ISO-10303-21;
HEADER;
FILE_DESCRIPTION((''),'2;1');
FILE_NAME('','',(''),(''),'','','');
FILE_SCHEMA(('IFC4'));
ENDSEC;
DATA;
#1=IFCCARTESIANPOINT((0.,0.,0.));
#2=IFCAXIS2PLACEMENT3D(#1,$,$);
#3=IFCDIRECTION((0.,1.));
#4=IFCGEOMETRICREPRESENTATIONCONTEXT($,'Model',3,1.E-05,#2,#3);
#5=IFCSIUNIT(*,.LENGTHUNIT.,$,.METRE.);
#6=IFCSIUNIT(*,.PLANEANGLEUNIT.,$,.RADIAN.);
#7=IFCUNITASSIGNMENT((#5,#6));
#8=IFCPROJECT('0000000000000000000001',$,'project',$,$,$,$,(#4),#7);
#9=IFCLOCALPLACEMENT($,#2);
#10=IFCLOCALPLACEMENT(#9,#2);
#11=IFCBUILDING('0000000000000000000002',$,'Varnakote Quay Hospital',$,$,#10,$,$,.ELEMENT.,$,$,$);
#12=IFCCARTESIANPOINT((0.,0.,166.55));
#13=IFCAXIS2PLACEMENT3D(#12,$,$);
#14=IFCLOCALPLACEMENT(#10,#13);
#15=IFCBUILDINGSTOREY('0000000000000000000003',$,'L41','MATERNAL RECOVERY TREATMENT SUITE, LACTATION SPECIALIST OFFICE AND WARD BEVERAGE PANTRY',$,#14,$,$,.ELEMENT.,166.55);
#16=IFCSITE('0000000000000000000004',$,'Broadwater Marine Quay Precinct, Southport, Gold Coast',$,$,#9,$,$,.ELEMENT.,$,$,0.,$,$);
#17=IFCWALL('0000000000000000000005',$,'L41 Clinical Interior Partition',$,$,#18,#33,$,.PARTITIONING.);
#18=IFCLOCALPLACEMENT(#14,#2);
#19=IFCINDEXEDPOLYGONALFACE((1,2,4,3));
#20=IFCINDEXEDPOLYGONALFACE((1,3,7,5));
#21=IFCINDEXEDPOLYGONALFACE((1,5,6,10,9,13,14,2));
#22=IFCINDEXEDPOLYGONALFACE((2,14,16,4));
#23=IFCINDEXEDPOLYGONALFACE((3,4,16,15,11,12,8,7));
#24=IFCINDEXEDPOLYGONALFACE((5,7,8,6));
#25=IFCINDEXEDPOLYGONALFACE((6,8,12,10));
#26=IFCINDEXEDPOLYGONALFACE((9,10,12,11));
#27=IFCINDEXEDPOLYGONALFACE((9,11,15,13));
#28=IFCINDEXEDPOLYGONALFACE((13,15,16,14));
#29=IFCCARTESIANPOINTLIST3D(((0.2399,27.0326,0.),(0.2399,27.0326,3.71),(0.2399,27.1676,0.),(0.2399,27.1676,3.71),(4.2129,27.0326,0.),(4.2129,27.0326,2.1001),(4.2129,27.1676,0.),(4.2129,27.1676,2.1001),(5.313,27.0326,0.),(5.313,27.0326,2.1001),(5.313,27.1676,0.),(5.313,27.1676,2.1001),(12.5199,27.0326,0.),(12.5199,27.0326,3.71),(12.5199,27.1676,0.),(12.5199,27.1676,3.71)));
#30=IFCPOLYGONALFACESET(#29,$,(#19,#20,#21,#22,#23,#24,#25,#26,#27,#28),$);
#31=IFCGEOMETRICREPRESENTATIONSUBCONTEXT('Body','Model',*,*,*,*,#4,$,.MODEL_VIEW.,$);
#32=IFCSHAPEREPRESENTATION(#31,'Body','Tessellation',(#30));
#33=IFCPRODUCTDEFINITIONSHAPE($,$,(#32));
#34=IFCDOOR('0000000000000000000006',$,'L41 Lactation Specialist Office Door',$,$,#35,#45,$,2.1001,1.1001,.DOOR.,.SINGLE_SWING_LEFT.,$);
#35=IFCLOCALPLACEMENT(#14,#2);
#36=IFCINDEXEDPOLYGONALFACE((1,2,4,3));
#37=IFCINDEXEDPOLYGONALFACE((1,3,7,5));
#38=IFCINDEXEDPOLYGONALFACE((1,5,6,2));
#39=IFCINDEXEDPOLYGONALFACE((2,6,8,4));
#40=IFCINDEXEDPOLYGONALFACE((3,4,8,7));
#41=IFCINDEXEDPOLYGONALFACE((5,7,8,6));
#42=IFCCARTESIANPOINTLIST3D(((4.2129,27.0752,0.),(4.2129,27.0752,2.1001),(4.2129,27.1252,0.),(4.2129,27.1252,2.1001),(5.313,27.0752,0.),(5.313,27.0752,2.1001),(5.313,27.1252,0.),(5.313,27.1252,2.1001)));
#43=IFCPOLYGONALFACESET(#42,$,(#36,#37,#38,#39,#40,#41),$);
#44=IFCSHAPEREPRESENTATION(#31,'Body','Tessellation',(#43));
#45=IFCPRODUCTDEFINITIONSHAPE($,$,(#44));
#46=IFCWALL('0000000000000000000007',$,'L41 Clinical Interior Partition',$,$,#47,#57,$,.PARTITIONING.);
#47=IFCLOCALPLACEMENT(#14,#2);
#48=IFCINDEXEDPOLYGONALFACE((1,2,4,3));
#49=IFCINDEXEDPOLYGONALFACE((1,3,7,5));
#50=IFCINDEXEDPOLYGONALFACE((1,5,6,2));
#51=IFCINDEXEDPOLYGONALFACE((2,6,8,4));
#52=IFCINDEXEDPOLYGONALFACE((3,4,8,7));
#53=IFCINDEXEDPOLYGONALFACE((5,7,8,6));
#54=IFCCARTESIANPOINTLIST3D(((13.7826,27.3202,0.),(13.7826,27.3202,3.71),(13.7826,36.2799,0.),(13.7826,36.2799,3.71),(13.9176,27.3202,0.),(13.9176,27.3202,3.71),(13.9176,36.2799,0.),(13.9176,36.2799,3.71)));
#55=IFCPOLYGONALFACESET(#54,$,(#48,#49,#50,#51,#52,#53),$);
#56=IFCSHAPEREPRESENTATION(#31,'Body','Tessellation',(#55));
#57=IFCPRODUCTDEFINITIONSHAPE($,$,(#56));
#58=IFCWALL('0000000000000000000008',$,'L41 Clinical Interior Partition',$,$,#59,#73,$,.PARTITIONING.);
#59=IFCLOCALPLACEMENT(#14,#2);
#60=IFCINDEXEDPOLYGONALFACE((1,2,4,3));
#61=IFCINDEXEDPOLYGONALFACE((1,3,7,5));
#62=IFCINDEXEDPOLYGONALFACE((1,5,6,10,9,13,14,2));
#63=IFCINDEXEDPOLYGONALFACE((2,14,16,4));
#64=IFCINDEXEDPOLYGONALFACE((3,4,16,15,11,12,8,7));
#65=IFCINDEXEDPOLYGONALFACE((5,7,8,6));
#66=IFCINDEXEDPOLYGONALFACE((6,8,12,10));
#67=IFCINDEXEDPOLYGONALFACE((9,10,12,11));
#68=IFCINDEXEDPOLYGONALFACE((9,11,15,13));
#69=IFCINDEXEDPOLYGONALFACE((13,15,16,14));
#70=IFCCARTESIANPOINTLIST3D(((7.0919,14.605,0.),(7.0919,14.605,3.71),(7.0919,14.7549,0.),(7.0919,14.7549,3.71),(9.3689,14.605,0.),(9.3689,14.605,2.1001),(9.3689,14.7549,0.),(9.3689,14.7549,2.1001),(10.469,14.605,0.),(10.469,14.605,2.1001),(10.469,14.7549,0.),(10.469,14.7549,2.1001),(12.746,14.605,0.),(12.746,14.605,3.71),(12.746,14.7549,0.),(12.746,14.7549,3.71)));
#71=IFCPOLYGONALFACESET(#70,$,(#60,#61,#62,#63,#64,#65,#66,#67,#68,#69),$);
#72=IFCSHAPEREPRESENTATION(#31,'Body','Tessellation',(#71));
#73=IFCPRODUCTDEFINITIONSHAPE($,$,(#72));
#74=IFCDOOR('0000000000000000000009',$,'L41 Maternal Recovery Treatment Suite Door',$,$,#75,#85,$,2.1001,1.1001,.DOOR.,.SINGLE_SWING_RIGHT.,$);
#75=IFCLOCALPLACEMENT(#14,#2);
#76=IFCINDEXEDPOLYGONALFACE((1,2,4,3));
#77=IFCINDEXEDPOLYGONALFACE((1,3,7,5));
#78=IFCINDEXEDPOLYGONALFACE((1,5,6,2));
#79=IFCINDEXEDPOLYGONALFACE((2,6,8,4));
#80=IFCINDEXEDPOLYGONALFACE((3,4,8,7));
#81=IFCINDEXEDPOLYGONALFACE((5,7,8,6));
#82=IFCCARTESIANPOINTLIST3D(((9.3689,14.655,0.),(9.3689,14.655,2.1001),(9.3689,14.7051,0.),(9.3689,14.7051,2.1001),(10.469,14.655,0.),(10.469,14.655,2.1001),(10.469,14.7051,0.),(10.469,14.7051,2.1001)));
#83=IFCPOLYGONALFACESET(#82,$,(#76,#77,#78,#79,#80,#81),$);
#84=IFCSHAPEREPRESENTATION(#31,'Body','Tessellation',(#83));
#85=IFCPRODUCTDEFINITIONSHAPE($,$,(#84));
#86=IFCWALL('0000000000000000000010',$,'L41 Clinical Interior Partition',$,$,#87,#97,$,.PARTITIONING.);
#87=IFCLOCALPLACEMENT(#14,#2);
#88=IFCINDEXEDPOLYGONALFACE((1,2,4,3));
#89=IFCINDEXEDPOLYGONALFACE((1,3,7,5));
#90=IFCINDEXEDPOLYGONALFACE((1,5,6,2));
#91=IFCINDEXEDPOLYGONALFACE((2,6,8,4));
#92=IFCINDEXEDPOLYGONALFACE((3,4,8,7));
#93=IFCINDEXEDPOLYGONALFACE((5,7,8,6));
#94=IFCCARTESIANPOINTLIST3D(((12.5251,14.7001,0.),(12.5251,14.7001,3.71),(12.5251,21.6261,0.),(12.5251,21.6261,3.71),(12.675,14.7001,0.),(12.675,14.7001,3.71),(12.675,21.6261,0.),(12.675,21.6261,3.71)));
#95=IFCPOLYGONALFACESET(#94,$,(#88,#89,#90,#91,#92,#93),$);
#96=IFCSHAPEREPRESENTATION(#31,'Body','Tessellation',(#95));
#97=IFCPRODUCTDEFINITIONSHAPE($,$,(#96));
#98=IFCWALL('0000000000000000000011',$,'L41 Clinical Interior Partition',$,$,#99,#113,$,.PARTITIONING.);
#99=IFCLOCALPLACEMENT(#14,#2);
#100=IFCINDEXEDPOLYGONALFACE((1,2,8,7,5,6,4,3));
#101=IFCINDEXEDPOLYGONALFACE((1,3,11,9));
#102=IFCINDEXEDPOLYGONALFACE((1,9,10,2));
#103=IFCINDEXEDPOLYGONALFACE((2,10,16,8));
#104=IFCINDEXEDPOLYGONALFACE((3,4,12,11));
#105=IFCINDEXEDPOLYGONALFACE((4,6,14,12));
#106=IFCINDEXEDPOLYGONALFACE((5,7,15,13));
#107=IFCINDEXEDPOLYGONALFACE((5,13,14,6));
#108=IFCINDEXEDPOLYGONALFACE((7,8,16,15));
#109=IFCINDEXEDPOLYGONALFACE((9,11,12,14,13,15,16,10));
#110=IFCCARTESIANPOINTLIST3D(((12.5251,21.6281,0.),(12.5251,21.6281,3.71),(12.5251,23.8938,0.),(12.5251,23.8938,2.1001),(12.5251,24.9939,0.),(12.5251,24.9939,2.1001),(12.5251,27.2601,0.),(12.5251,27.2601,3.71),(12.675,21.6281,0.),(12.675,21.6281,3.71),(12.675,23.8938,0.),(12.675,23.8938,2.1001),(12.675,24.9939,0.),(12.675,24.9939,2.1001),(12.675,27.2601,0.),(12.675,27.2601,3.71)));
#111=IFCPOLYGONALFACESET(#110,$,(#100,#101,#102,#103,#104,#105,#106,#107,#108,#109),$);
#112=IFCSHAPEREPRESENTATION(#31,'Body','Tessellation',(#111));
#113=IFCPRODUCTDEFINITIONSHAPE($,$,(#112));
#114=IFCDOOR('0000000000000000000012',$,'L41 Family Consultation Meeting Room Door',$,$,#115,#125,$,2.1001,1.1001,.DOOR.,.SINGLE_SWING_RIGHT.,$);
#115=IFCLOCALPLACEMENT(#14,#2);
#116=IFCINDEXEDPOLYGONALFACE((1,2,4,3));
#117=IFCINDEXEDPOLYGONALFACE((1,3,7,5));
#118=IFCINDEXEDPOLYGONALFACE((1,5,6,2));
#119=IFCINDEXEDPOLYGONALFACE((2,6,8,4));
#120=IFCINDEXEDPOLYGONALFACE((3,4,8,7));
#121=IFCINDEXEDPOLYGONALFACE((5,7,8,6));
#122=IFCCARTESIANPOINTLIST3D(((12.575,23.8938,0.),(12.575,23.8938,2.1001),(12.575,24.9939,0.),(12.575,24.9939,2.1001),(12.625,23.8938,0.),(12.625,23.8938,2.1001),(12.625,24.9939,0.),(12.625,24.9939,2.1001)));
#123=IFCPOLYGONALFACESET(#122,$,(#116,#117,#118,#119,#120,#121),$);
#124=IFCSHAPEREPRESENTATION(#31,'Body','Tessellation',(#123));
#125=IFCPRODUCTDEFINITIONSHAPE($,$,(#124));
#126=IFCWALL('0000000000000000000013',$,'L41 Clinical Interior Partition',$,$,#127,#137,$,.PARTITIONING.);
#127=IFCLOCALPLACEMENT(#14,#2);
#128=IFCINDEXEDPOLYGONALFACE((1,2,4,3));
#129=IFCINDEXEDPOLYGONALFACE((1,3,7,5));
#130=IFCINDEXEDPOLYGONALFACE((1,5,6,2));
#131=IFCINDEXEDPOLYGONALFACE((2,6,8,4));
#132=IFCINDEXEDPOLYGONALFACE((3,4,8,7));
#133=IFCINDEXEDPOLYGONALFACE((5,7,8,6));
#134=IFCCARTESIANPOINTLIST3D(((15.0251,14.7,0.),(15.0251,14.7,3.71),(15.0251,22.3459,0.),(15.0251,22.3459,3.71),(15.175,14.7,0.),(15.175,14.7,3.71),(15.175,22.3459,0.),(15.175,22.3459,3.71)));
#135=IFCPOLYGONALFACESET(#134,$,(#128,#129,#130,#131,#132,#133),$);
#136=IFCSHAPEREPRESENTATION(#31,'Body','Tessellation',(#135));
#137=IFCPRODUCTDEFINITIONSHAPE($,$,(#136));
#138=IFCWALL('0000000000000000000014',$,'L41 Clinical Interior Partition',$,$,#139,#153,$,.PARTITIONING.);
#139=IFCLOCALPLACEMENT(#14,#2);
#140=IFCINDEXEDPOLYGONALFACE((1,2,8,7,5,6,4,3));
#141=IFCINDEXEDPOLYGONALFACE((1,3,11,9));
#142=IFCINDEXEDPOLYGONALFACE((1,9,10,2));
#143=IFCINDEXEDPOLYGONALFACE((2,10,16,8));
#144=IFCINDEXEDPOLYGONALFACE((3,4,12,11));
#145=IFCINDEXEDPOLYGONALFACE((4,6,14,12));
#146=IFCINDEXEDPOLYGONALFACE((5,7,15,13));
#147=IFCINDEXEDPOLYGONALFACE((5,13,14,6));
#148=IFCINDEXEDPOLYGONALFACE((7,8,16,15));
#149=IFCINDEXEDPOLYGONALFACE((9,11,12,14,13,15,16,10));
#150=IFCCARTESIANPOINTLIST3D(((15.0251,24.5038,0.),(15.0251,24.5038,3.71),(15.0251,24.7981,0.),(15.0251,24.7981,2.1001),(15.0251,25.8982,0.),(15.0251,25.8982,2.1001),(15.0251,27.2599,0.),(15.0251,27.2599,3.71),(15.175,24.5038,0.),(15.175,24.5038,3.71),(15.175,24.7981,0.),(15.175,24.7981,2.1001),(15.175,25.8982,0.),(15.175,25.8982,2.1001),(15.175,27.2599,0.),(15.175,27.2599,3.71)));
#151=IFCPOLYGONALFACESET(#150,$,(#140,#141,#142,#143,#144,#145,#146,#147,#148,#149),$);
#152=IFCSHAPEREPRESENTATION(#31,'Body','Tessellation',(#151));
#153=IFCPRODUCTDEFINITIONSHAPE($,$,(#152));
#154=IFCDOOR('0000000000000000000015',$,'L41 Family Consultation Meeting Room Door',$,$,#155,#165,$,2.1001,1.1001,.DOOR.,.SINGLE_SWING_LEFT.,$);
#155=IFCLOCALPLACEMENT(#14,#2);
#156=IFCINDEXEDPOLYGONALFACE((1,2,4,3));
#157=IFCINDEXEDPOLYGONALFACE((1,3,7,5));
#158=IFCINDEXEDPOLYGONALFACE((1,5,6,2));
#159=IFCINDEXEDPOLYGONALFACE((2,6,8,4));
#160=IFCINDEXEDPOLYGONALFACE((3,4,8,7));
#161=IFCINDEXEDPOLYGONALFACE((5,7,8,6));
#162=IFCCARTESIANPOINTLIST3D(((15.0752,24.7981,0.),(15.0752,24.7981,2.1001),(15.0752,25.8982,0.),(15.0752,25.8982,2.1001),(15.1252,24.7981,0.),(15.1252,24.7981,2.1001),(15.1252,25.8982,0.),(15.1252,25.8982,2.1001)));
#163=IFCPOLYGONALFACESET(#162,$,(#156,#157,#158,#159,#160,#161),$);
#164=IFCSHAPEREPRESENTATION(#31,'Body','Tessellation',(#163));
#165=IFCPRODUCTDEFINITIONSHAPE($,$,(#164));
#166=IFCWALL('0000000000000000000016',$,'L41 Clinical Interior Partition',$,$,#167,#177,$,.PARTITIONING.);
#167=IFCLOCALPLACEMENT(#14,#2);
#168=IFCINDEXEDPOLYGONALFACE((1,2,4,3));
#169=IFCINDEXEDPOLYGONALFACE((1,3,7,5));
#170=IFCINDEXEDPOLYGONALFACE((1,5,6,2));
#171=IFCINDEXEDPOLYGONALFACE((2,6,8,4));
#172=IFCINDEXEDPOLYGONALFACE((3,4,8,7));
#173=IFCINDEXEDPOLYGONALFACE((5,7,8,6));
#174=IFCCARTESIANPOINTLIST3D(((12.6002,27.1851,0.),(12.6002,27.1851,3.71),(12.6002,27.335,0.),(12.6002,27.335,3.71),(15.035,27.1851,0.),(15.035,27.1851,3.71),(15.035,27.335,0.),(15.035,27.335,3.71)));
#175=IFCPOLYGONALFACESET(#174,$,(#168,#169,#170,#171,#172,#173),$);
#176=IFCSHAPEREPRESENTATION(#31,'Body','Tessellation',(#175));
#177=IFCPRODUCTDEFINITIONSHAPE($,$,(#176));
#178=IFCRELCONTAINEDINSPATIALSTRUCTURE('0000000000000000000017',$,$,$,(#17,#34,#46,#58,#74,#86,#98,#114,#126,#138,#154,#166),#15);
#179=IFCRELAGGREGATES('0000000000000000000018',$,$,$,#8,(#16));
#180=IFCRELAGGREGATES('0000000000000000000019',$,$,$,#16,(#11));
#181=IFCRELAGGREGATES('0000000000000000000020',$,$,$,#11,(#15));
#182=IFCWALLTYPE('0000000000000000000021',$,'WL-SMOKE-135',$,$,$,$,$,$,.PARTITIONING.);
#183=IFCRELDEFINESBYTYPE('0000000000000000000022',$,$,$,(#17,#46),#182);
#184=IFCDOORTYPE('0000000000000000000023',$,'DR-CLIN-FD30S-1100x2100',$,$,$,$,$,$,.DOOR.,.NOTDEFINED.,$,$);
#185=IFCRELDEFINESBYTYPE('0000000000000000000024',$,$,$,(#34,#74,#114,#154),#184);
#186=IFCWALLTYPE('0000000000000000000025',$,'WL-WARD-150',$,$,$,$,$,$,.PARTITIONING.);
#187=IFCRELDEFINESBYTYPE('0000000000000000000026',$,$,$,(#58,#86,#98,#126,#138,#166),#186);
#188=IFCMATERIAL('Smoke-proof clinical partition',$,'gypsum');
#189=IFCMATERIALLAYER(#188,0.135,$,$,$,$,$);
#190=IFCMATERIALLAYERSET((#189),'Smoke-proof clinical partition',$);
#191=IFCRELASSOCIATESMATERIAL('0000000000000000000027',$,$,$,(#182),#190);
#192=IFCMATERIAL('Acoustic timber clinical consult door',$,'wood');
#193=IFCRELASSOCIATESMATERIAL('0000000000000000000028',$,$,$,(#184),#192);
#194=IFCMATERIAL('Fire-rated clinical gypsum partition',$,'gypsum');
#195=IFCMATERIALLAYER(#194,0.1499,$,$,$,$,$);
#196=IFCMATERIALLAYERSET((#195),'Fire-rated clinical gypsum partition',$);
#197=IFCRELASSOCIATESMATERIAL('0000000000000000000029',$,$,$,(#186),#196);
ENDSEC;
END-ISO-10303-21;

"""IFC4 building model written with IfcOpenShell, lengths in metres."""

from ifc_helpers import new_model, si_unit, direction, frame, frame_2d, origin, place, context, subcontext, project, spatial, rectangle, extrude, material, layer, layer_set, type_object, element, fill, save


model = new_model("IFC4")

# Units and contexts
model_context = context("Model", 3, precision=1e-05, world=origin(), true_north=direction((0.0, 1.0)))
body_context = subcontext(model_context, "Body", "Model", "MODEL_VIEW")
ifc_project = project(units=[si_unit("LENGTHUNIT", "METRE"), si_unit("PLANEANGLEUNIT", "RADIAN")], contexts=[model_context])

# Site, building, storey
site_placement = place(None, origin())
site = spatial("IfcSite", under=ifc_project, at=site_placement, Name="Broadwater Marine Quay Precinct, Southport, Gold Coast", CompositionType="ELEMENT", RefElevation=0.0)
building_placement = place(site_placement, origin())
building = spatial("IfcBuilding", under=site, at=building_placement, Name="Varnakote Quay Hospital", CompositionType="ELEMENT")
storey_placement = place(building_placement, frame((0.0, 0.0, 166.55)))
storey = spatial("IfcBuildingStorey", under=building, at=storey_placement, Name="L41", Description="MATERNAL RECOVERY TREATMENT SUITE, LACTATION SPECIALIST OFFICE AND WARD BEVERAGE PANTRY", CompositionType="ELEMENT", Elevation=166.55)

# Shared definitions
ifc_material_1 = material(Name="Smoke-proof clinical partition", Category="gypsum")
ifc_layer_1 = layer(ifc_material_1, 0.135)
ifc_layer_set_1 = layer_set([ifc_layer_1], Name="Smoke-proof clinical partition")
wall_type_1 = type_object("IfcWallType", Name="WL-SMOKE-135", PredefinedType="PARTITIONING", material=ifc_layer_set_1)

# Wall, opening, door
wall_1_placement = place(storey_placement, frame((12.52, 27.1001, 0.0), z_axis=(0.0, 0.0, 1.0), x_axis=(-1.0, 0.0, 0.0)))
wall_1 = element("IfcWall", 1, at=wall_1_placement, inside=storey, type_object=wall_type_1, Name="L41 Clinical Interior Partition", PredefinedType="PARTITIONING", context=body_context, shape_type="SweptSolid", body=[
    extrude(rectangle(XDim=12.28, YDim=0.135, at=frame_2d((6.1401, 0.0))), origin(), (0.0, 0.0, 1.0), 3.71),
])
opening_1_placement = place(wall_1_placement, frame((7.207, 0.0, 0.0)))
opening_1 = element("IfcOpeningElement", 2, at=opening_1_placement, cuts=wall_1, PredefinedType="OPENING", context=body_context, shape_type="SweptSolid", body=[
    extrude(rectangle(XDim=1.1001, YDim=2.1001, at=frame_2d((0.55, 1.05))), frame((0.0, 0.0774, 0.0), z_axis=(0.0, -1.0, 0.0), x_axis=(1.0, 0.0, 0.0)), (0.0, 0.0, 1.0), 0.155),
])
ifc_material_2 = material(Name="Acoustic timber clinical consult door", Category="wood")
door_type_1 = type_object("IfcDoorType", Name="DR-CLIN-FD30S-1100x2100", OperationType="NOTDEFINED", PredefinedType="DOOR", material=ifc_material_2)
door_1_placement = place(opening_1_placement, origin())
door_1 = element("IfcDoor", 3, at=door_1_placement, inside=storey, type_object=door_type_1, Name="L41 Lactation Specialist Office Door", OperationType="SINGLE_SWING_LEFT", OverallHeight=2.1001, OverallWidth=1.1001, PredefinedType="DOOR", context=body_context, shape_type="SweptSolid", body=[
    extrude(rectangle(XDim=1.1001, YDim=2.1001, at=frame_2d((0.55, 1.05))), frame((0.0, 0.0249, 0.0), z_axis=(0.0, -1.0, 0.0), x_axis=(1.0, 0.0, 0.0)), (0.0, 0.0, 1.0), 0.05),
])
fill(opening_1, door_1)

# Wall
wall_2_placement = place(storey_placement, frame((13.8501, 27.3201, 0.0), z_axis=(0.0, 0.0, 1.0), x_axis=(0.0, 1.0, 0.0)))
element("IfcWall", 4, at=wall_2_placement, inside=storey, type_object=wall_type_1, Name="L41 Clinical Interior Partition", PredefinedType="PARTITIONING", context=body_context, shape_type="SweptSolid", body=[
    extrude(rectangle(XDim=8.9597, YDim=0.135, at=frame_2d((4.48, 0.0))), origin(), (0.0, 0.0, 1.0), 3.71),
])

# Wall, opening, door
ifc_material_3 = material(Name="Fire-rated clinical gypsum partition", Category="gypsum")
ifc_layer_2 = layer(ifc_material_3, 0.1499)
ifc_layer_set_2 = layer_set([ifc_layer_2], Name="Fire-rated clinical gypsum partition")
wall_type_2 = type_object("IfcWallType", Name="WL-WARD-150", PredefinedType="PARTITIONING", material=ifc_layer_set_2)
wall_3_placement = place(storey_placement, frame((12.7461, 14.6799, 0.0), z_axis=(0.0, 0.0, 1.0), x_axis=(-1.0, 0.0, 0.0)))
wall_3 = element("IfcWall", 5, at=wall_3_placement, inside=storey, type_object=wall_type_2, Name="L41 Clinical Interior Partition", PredefinedType="PARTITIONING", context=body_context, shape_type="SweptSolid", body=[
    extrude(rectangle(XDim=5.6541, YDim=0.1499, at=frame_2d((2.8271, 0.0))), origin(), (0.0, 0.0, 1.0), 3.71),
])
opening_2_placement = place(wall_3_placement, frame((2.2771, 0.0, 0.0)))
opening_2 = element("IfcOpeningElement", 6, at=opening_2_placement, cuts=wall_3, PredefinedType="OPENING", context=body_context, shape_type="SweptSolid", body=[
    extrude(rectangle(XDim=1.1001, YDim=2.1001, at=frame_2d((0.55, 1.05))), frame((0.0, 0.085, 0.0), z_axis=(0.0, -1.0, 0.0), x_axis=(1.0, 0.0, 0.0)), (0.0, 0.0, 1.0), 0.1699),
])
door_2_placement = place(opening_2_placement, origin())
door_2 = element("IfcDoor", 7, at=door_2_placement, inside=storey, type_object=door_type_1, Name="L41 Maternal Recovery Treatment Suite Door", OperationType="SINGLE_SWING_RIGHT", OverallHeight=2.1001, OverallWidth=1.1001, PredefinedType="DOOR", context=body_context, shape_type="SweptSolid", body=[
    extrude(rectangle(XDim=1.1001, YDim=2.1001, at=frame_2d((0.55, 1.05))), frame((0.0, 0.0249, 0.0), z_axis=(0.0, -1.0, 0.0), x_axis=(1.0, 0.0, 0.0)), (0.0, 0.0, 1.0), 0.05),
])
fill(opening_2, door_2)

# Wall
wall_4_placement = place(storey_placement, frame((12.6001, 21.626, 0.0), z_axis=(0.0, 0.0, 1.0), x_axis=(0.0, -1.0, 0.0)))
element("IfcWall", 8, at=wall_4_placement, inside=storey, type_object=wall_type_2, Name="L41 Clinical Interior Partition", PredefinedType="PARTITIONING", context=body_context, shape_type="SweptSolid", body=[
    extrude(rectangle(XDim=6.926, YDim=0.1499, at=frame_2d((3.4629, 0.0))), origin(), (0.0, 0.0, 1.0), 3.71),
])

# Wall, opening, door
wall_5_placement = place(storey_placement, frame((12.6001, 27.26, 0.0), z_axis=(0.0, 0.0, 1.0), x_axis=(0.0, -1.0, 0.0)))
wall_5 = element("IfcWall", 9, at=wall_5_placement, inside=storey, type_object=wall_type_2, Name="L41 Clinical Interior Partition", PredefinedType="PARTITIONING", context=body_context, shape_type="SweptSolid", body=[
    extrude(rectangle(XDim=5.6321, YDim=0.1499, at=frame_2d((2.8159, 0.0))), origin(), (0.0, 0.0, 1.0), 3.71),
])
opening_3_placement = place(wall_5_placement, frame((2.2661, 0.0, 0.0)))
opening_3 = element("IfcOpeningElement", 10, at=opening_3_placement, cuts=wall_5, PredefinedType="OPENING", context=body_context, shape_type="SweptSolid", body=[
    extrude(rectangle(XDim=1.1001, YDim=2.1001, at=frame_2d((0.55, 1.05))), frame((0.0, 0.085, 0.0), z_axis=(0.0, -1.0, 0.0), x_axis=(1.0, 0.0, 0.0)), (0.0, 0.0, 1.0), 0.1699),
])
door_3_placement = place(opening_3_placement, origin())
door_3 = element("IfcDoor", 11, at=door_3_placement, inside=storey, type_object=door_type_1, Name="L41 Family Consultation Meeting Room Door", OperationType="SINGLE_SWING_RIGHT", OverallHeight=2.1001, OverallWidth=1.1001, PredefinedType="DOOR", context=body_context, shape_type="SweptSolid", body=[
    extrude(rectangle(XDim=1.1001, YDim=2.1001, at=frame_2d((0.55, 1.05))), frame((0.0, 0.0249, 0.0), z_axis=(0.0, -1.0, 0.0), x_axis=(1.0, 0.0, 0.0)), (0.0, 0.0, 1.0), 0.05),
])
fill(opening_3, door_3)

# Wall
wall_6_placement = place(storey_placement, frame((15.1001, 14.7, 0.0), z_axis=(0.0, 0.0, 1.0), x_axis=(0.0, 1.0, 0.0)))
element("IfcWall", 12, at=wall_6_placement, inside=storey, type_object=wall_type_2, Name="L41 Clinical Interior Partition", PredefinedType="PARTITIONING", context=body_context, shape_type="SweptSolid", body=[
    extrude(rectangle(XDim=7.646, YDim=0.1499, at=frame_2d((3.823, 0.0))), origin(), (0.0, 0.0, 1.0), 3.71),
])

# Wall, opening, door
wall_7_placement = place(storey_placement, frame((15.1001, 24.5039, 0.0), z_axis=(0.0, 0.0, 1.0), x_axis=(0.0, 1.0, 0.0)))
wall_7 = element("IfcWall", 13, at=wall_7_placement, inside=storey, type_object=wall_type_2, Name="L41 Clinical Interior Partition", PredefinedType="PARTITIONING", context=body_context, shape_type="SweptSolid", body=[
    extrude(rectangle(XDim=2.7561, YDim=0.1499, at=frame_2d((1.3779, 0.0))), origin(), (0.0, 0.0, 1.0), 3.71),
])
opening_4_placement = place(wall_7_placement, frame((0.2942, 0.0, 0.0)))
opening_4 = element("IfcOpeningElement", 14, at=opening_4_placement, cuts=wall_7, PredefinedType="OPENING", context=body_context, shape_type="SweptSolid", body=[
    extrude(rectangle(XDim=1.1001, YDim=2.1001, at=frame_2d((0.55, 1.05))), frame((0.0, 0.085, 0.0), z_axis=(0.0, -1.0, 0.0), x_axis=(1.0, 0.0, 0.0)), (0.0, 0.0, 1.0), 0.1699),
])
door_4_placement = place(opening_4_placement, origin())
door_4 = element("IfcDoor", 15, at=door_4_placement, inside=storey, type_object=door_type_1, Name="L41 Family Consultation Meeting Room Door", OperationType="SINGLE_SWING_LEFT", OverallHeight=2.1001, OverallWidth=1.1001, PredefinedType="DOOR", context=body_context, shape_type="SweptSolid", body=[
    extrude(rectangle(XDim=1.1001, YDim=2.1001, at=frame_2d((0.55, 1.05))), frame((0.0, 0.0249, 0.0), z_axis=(0.0, -1.0, 0.0), x_axis=(1.0, 0.0, 0.0)), (0.0, 0.0, 1.0), 0.05),
])
fill(opening_4, door_4)

# Wall
wall_8_placement = place(storey_placement, frame((15.0349, 27.26, 0.0), z_axis=(0.0, 0.0, 1.0), x_axis=(-1.0, 0.0, 0.0)))
element("IfcWall", 16, at=wall_8_placement, inside=storey, type_object=wall_type_2, Name="L41 Clinical Interior Partition", PredefinedType="PARTITIONING", context=body_context, shape_type="SweptSolid", body=[
    extrude(rectangle(XDim=2.4348, YDim=0.1499, at=frame_2d((1.2173, 0.0))), origin(), (0.0, 0.0, 1.0), 3.71),
])

save(model, "model.ifc")
